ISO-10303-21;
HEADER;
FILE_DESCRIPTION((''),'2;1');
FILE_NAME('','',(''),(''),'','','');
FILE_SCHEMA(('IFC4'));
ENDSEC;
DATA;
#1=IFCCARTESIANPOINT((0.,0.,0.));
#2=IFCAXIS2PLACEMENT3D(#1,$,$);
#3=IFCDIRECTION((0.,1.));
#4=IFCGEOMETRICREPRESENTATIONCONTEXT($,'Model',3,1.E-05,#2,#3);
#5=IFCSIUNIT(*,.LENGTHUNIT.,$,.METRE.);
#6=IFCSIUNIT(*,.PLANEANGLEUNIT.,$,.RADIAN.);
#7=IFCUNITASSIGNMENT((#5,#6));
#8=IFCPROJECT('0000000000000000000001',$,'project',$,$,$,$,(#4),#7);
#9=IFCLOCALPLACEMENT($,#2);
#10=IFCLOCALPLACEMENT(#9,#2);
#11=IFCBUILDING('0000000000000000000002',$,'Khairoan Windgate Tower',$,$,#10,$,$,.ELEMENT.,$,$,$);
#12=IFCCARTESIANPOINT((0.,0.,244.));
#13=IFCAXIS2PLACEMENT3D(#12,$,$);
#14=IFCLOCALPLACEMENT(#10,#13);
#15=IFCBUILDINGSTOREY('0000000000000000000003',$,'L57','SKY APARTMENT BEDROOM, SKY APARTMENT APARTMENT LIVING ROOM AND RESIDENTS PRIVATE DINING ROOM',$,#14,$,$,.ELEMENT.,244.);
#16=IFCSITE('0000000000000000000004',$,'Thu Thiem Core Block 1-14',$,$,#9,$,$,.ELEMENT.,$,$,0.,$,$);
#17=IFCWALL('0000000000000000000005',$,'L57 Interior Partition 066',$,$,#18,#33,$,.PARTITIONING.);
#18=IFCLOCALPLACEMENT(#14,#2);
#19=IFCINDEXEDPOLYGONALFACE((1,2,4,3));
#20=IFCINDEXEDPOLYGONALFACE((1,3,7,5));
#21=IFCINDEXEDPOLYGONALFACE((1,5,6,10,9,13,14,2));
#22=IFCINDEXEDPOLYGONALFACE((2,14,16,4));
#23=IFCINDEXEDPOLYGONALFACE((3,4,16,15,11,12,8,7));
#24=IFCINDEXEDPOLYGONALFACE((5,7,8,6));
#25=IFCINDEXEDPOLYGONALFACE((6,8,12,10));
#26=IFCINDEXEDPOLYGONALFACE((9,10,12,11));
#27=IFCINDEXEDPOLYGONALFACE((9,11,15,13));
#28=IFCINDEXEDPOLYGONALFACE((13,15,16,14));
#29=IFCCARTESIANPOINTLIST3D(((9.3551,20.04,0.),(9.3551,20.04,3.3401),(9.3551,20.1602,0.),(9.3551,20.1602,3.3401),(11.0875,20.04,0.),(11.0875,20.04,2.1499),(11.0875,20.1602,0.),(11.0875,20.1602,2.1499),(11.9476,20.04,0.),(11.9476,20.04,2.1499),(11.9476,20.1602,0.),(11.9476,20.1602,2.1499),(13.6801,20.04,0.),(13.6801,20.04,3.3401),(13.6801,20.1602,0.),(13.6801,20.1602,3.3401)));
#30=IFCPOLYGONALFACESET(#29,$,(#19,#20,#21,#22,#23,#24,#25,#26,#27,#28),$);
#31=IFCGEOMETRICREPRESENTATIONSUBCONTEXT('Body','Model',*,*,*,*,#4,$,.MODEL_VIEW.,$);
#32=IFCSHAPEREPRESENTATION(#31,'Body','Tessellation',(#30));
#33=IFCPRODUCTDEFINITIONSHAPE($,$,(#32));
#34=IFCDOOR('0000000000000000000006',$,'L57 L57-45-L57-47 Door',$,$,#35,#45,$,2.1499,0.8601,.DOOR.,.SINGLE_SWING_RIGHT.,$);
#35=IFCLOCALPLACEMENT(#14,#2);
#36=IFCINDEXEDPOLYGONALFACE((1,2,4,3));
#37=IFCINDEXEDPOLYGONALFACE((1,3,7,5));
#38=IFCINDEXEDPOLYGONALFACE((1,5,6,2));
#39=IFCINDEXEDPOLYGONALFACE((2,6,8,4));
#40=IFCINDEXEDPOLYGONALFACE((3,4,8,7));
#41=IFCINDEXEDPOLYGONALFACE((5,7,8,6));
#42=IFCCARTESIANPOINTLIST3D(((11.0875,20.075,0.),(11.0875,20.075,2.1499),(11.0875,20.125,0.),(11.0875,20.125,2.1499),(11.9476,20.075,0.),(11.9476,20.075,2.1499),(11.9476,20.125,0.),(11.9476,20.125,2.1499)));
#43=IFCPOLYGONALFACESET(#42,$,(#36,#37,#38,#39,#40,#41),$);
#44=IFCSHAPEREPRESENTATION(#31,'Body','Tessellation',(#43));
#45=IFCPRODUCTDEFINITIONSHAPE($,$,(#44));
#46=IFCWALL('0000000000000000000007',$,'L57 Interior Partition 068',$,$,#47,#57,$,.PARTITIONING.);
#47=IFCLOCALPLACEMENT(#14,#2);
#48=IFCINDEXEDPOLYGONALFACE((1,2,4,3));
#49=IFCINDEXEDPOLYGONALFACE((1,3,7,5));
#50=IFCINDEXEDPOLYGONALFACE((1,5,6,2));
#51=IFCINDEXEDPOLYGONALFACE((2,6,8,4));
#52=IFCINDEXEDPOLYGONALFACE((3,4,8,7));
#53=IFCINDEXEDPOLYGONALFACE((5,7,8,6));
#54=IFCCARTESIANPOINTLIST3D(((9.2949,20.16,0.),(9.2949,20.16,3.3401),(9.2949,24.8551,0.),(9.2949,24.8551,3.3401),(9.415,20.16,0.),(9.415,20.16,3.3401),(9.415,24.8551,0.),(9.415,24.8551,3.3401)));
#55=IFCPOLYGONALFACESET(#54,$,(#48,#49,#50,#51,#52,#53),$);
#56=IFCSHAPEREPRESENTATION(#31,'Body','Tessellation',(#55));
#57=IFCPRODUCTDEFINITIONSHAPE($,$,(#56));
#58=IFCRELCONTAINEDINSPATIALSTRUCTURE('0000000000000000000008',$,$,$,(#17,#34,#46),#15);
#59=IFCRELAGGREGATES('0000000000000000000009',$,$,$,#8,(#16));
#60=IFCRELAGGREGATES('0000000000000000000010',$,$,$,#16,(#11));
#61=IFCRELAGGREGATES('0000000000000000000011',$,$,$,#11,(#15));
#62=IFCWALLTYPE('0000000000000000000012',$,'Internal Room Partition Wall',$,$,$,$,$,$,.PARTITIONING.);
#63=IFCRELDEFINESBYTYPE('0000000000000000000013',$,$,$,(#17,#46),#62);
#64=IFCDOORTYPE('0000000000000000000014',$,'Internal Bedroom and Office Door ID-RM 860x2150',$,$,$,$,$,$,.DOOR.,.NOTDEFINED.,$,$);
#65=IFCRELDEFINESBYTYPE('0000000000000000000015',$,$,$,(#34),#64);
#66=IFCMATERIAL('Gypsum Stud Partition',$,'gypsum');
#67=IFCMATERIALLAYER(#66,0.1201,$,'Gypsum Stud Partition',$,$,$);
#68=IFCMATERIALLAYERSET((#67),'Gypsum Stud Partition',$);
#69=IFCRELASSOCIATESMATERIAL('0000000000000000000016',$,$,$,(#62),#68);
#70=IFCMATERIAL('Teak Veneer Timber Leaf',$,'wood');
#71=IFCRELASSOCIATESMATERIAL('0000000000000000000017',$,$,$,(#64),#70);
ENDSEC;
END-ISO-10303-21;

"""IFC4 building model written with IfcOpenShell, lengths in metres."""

from ifc_helpers import new_model, si_unit, direction, frame, frame_2d, origin, place, context, subcontext, project, spatial, rectangle, extrude, material, layer, layer_set, type_object, element, fill, save


model = new_model("IFC4")

# Units and contexts
model_context = context("Model", 3, precision=1e-05, world=origin(), true_north=direction((0.0, 1.0)))
body_context = subcontext(model_context, "Body", "Model", "MODEL_VIEW")
ifc_project = project(units=[si_unit("LENGTHUNIT", "METRE"), si_unit("PLANEANGLEUNIT", "RADIAN")], contexts=[model_context])

# Site, building, storey
site_placement = place(None, origin())
site = spatial("IfcSite", under=ifc_project, at=site_placement, Name="Thu Thiem Core Block 1-14", CompositionType="ELEMENT", RefElevation=0.0)
building_placement = place(site_placement, origin())
building = spatial("IfcBuilding", under=site, at=building_placement, Name="Khairoan Windgate Tower", CompositionType="ELEMENT")
storey_placement = place(building_placement, frame((0.0, 0.0, 244.0)))
storey = spatial("IfcBuildingStorey", under=building, at=storey_placement, Name="L57", Description="SKY APARTMENT BEDROOM, SKY APARTMENT APARTMENT LIVING ROOM AND RESIDENTS PRIVATE DINING ROOM", CompositionType="ELEMENT", Elevation=244.0)

# Wall, opening, door
ifc_material_1 = material(Name="Gypsum Stud Partition", Category="gypsum")
ifc_layer_1 = layer(ifc_material_1, 0.1201, Name="Gypsum Stud Partition")
ifc_layer_set_1 = layer_set([ifc_layer_1], Name="Gypsum Stud Partition")
wall_type_1 = type_object("IfcWallType", Name="Internal Room Partition Wall", PredefinedType="PARTITIONING", material=ifc_layer_set_1)
wall_1_placement = place(storey_placement, frame((9.355, 20.1001, 0.0), z_axis=(0.0, 0.0, 1.0), x_axis=(1.0, 0.0, 0.0)))
wall_1 = element("IfcWall", 1, at=wall_1_placement, inside=storey, type_object=wall_type_1, Name="L57 Interior Partition 066", PredefinedType="PARTITIONING", context=body_context, shape_type="SweptSolid", body=[
    extrude(rectangle(XDim=4.325, YDim=0.1201, at=frame_2d((2.1626, 0.0))), origin(), (0.0, 0.0, 1.0), 3.3401),
])
opening_placement = place(wall_1_placement, frame((1.7324, 0.0, 0.0)))
opening = element("IfcOpeningElement", 2, at=opening_placement, cuts=wall_1, PredefinedType="OPENING", context=body_context, shape_type="SweptSolid", body=[
    extrude(rectangle(XDim=0.8601, YDim=2.1499, at=frame_2d((0.4302, 1.075))), frame((0.0, 0.0701, 0.0), z_axis=(0.0, -1.0, 0.0), x_axis=(1.0, 0.0, 0.0)), (0.0, 0.0, 1.0), 0.1401),
])
ifc_material_2 = material(Name="Teak Veneer Timber Leaf", Category="wood")
door_type = type_object("IfcDoorType", Name="Internal Bedroom and Office Door ID-RM 860x2150", OperationType="NOTDEFINED", PredefinedType="DOOR", material=ifc_material_2)
door_placement = place(opening_placement, origin())
door = element("IfcDoor", 3, at=door_placement, inside=storey, type_object=door_type, Name="L57 L57-45-L57-47 Door", OperationType="SINGLE_SWING_RIGHT", OverallHeight=2.1499, OverallWidth=0.8601, PredefinedType="DOOR", context=body_context, shape_type="SweptSolid", body=[
    extrude(rectangle(XDim=0.8601, YDim=2.1499, at=frame_2d((0.4302, 1.075))), frame((0.0, 0.0249, 0.0), z_axis=(0.0, -1.0, 0.0), x_axis=(1.0, 0.0, 0.0)), (0.0, 0.0, 1.0), 0.05),
])
fill(opening, door)

# Wall
wall_2_placement = place(storey_placement, frame((9.355, 20.1599, 0.0), z_axis=(0.0, 0.0, 1.0), x_axis=(0.0, 1.0, 0.0)))
element("IfcWall", 4, at=wall_2_placement, inside=storey, type_object=wall_type_1, Name="L57 Interior Partition 068", PredefinedType="PARTITIONING", context=body_context, shape_type="SweptSolid", body=[
    extrude(rectangle(XDim=4.6951, YDim=0.1201, at=frame_2d((2.3477, 0.0))), origin(), (0.0, 0.0, 1.0), 3.3401),
])

save(model, "model.ifc")
